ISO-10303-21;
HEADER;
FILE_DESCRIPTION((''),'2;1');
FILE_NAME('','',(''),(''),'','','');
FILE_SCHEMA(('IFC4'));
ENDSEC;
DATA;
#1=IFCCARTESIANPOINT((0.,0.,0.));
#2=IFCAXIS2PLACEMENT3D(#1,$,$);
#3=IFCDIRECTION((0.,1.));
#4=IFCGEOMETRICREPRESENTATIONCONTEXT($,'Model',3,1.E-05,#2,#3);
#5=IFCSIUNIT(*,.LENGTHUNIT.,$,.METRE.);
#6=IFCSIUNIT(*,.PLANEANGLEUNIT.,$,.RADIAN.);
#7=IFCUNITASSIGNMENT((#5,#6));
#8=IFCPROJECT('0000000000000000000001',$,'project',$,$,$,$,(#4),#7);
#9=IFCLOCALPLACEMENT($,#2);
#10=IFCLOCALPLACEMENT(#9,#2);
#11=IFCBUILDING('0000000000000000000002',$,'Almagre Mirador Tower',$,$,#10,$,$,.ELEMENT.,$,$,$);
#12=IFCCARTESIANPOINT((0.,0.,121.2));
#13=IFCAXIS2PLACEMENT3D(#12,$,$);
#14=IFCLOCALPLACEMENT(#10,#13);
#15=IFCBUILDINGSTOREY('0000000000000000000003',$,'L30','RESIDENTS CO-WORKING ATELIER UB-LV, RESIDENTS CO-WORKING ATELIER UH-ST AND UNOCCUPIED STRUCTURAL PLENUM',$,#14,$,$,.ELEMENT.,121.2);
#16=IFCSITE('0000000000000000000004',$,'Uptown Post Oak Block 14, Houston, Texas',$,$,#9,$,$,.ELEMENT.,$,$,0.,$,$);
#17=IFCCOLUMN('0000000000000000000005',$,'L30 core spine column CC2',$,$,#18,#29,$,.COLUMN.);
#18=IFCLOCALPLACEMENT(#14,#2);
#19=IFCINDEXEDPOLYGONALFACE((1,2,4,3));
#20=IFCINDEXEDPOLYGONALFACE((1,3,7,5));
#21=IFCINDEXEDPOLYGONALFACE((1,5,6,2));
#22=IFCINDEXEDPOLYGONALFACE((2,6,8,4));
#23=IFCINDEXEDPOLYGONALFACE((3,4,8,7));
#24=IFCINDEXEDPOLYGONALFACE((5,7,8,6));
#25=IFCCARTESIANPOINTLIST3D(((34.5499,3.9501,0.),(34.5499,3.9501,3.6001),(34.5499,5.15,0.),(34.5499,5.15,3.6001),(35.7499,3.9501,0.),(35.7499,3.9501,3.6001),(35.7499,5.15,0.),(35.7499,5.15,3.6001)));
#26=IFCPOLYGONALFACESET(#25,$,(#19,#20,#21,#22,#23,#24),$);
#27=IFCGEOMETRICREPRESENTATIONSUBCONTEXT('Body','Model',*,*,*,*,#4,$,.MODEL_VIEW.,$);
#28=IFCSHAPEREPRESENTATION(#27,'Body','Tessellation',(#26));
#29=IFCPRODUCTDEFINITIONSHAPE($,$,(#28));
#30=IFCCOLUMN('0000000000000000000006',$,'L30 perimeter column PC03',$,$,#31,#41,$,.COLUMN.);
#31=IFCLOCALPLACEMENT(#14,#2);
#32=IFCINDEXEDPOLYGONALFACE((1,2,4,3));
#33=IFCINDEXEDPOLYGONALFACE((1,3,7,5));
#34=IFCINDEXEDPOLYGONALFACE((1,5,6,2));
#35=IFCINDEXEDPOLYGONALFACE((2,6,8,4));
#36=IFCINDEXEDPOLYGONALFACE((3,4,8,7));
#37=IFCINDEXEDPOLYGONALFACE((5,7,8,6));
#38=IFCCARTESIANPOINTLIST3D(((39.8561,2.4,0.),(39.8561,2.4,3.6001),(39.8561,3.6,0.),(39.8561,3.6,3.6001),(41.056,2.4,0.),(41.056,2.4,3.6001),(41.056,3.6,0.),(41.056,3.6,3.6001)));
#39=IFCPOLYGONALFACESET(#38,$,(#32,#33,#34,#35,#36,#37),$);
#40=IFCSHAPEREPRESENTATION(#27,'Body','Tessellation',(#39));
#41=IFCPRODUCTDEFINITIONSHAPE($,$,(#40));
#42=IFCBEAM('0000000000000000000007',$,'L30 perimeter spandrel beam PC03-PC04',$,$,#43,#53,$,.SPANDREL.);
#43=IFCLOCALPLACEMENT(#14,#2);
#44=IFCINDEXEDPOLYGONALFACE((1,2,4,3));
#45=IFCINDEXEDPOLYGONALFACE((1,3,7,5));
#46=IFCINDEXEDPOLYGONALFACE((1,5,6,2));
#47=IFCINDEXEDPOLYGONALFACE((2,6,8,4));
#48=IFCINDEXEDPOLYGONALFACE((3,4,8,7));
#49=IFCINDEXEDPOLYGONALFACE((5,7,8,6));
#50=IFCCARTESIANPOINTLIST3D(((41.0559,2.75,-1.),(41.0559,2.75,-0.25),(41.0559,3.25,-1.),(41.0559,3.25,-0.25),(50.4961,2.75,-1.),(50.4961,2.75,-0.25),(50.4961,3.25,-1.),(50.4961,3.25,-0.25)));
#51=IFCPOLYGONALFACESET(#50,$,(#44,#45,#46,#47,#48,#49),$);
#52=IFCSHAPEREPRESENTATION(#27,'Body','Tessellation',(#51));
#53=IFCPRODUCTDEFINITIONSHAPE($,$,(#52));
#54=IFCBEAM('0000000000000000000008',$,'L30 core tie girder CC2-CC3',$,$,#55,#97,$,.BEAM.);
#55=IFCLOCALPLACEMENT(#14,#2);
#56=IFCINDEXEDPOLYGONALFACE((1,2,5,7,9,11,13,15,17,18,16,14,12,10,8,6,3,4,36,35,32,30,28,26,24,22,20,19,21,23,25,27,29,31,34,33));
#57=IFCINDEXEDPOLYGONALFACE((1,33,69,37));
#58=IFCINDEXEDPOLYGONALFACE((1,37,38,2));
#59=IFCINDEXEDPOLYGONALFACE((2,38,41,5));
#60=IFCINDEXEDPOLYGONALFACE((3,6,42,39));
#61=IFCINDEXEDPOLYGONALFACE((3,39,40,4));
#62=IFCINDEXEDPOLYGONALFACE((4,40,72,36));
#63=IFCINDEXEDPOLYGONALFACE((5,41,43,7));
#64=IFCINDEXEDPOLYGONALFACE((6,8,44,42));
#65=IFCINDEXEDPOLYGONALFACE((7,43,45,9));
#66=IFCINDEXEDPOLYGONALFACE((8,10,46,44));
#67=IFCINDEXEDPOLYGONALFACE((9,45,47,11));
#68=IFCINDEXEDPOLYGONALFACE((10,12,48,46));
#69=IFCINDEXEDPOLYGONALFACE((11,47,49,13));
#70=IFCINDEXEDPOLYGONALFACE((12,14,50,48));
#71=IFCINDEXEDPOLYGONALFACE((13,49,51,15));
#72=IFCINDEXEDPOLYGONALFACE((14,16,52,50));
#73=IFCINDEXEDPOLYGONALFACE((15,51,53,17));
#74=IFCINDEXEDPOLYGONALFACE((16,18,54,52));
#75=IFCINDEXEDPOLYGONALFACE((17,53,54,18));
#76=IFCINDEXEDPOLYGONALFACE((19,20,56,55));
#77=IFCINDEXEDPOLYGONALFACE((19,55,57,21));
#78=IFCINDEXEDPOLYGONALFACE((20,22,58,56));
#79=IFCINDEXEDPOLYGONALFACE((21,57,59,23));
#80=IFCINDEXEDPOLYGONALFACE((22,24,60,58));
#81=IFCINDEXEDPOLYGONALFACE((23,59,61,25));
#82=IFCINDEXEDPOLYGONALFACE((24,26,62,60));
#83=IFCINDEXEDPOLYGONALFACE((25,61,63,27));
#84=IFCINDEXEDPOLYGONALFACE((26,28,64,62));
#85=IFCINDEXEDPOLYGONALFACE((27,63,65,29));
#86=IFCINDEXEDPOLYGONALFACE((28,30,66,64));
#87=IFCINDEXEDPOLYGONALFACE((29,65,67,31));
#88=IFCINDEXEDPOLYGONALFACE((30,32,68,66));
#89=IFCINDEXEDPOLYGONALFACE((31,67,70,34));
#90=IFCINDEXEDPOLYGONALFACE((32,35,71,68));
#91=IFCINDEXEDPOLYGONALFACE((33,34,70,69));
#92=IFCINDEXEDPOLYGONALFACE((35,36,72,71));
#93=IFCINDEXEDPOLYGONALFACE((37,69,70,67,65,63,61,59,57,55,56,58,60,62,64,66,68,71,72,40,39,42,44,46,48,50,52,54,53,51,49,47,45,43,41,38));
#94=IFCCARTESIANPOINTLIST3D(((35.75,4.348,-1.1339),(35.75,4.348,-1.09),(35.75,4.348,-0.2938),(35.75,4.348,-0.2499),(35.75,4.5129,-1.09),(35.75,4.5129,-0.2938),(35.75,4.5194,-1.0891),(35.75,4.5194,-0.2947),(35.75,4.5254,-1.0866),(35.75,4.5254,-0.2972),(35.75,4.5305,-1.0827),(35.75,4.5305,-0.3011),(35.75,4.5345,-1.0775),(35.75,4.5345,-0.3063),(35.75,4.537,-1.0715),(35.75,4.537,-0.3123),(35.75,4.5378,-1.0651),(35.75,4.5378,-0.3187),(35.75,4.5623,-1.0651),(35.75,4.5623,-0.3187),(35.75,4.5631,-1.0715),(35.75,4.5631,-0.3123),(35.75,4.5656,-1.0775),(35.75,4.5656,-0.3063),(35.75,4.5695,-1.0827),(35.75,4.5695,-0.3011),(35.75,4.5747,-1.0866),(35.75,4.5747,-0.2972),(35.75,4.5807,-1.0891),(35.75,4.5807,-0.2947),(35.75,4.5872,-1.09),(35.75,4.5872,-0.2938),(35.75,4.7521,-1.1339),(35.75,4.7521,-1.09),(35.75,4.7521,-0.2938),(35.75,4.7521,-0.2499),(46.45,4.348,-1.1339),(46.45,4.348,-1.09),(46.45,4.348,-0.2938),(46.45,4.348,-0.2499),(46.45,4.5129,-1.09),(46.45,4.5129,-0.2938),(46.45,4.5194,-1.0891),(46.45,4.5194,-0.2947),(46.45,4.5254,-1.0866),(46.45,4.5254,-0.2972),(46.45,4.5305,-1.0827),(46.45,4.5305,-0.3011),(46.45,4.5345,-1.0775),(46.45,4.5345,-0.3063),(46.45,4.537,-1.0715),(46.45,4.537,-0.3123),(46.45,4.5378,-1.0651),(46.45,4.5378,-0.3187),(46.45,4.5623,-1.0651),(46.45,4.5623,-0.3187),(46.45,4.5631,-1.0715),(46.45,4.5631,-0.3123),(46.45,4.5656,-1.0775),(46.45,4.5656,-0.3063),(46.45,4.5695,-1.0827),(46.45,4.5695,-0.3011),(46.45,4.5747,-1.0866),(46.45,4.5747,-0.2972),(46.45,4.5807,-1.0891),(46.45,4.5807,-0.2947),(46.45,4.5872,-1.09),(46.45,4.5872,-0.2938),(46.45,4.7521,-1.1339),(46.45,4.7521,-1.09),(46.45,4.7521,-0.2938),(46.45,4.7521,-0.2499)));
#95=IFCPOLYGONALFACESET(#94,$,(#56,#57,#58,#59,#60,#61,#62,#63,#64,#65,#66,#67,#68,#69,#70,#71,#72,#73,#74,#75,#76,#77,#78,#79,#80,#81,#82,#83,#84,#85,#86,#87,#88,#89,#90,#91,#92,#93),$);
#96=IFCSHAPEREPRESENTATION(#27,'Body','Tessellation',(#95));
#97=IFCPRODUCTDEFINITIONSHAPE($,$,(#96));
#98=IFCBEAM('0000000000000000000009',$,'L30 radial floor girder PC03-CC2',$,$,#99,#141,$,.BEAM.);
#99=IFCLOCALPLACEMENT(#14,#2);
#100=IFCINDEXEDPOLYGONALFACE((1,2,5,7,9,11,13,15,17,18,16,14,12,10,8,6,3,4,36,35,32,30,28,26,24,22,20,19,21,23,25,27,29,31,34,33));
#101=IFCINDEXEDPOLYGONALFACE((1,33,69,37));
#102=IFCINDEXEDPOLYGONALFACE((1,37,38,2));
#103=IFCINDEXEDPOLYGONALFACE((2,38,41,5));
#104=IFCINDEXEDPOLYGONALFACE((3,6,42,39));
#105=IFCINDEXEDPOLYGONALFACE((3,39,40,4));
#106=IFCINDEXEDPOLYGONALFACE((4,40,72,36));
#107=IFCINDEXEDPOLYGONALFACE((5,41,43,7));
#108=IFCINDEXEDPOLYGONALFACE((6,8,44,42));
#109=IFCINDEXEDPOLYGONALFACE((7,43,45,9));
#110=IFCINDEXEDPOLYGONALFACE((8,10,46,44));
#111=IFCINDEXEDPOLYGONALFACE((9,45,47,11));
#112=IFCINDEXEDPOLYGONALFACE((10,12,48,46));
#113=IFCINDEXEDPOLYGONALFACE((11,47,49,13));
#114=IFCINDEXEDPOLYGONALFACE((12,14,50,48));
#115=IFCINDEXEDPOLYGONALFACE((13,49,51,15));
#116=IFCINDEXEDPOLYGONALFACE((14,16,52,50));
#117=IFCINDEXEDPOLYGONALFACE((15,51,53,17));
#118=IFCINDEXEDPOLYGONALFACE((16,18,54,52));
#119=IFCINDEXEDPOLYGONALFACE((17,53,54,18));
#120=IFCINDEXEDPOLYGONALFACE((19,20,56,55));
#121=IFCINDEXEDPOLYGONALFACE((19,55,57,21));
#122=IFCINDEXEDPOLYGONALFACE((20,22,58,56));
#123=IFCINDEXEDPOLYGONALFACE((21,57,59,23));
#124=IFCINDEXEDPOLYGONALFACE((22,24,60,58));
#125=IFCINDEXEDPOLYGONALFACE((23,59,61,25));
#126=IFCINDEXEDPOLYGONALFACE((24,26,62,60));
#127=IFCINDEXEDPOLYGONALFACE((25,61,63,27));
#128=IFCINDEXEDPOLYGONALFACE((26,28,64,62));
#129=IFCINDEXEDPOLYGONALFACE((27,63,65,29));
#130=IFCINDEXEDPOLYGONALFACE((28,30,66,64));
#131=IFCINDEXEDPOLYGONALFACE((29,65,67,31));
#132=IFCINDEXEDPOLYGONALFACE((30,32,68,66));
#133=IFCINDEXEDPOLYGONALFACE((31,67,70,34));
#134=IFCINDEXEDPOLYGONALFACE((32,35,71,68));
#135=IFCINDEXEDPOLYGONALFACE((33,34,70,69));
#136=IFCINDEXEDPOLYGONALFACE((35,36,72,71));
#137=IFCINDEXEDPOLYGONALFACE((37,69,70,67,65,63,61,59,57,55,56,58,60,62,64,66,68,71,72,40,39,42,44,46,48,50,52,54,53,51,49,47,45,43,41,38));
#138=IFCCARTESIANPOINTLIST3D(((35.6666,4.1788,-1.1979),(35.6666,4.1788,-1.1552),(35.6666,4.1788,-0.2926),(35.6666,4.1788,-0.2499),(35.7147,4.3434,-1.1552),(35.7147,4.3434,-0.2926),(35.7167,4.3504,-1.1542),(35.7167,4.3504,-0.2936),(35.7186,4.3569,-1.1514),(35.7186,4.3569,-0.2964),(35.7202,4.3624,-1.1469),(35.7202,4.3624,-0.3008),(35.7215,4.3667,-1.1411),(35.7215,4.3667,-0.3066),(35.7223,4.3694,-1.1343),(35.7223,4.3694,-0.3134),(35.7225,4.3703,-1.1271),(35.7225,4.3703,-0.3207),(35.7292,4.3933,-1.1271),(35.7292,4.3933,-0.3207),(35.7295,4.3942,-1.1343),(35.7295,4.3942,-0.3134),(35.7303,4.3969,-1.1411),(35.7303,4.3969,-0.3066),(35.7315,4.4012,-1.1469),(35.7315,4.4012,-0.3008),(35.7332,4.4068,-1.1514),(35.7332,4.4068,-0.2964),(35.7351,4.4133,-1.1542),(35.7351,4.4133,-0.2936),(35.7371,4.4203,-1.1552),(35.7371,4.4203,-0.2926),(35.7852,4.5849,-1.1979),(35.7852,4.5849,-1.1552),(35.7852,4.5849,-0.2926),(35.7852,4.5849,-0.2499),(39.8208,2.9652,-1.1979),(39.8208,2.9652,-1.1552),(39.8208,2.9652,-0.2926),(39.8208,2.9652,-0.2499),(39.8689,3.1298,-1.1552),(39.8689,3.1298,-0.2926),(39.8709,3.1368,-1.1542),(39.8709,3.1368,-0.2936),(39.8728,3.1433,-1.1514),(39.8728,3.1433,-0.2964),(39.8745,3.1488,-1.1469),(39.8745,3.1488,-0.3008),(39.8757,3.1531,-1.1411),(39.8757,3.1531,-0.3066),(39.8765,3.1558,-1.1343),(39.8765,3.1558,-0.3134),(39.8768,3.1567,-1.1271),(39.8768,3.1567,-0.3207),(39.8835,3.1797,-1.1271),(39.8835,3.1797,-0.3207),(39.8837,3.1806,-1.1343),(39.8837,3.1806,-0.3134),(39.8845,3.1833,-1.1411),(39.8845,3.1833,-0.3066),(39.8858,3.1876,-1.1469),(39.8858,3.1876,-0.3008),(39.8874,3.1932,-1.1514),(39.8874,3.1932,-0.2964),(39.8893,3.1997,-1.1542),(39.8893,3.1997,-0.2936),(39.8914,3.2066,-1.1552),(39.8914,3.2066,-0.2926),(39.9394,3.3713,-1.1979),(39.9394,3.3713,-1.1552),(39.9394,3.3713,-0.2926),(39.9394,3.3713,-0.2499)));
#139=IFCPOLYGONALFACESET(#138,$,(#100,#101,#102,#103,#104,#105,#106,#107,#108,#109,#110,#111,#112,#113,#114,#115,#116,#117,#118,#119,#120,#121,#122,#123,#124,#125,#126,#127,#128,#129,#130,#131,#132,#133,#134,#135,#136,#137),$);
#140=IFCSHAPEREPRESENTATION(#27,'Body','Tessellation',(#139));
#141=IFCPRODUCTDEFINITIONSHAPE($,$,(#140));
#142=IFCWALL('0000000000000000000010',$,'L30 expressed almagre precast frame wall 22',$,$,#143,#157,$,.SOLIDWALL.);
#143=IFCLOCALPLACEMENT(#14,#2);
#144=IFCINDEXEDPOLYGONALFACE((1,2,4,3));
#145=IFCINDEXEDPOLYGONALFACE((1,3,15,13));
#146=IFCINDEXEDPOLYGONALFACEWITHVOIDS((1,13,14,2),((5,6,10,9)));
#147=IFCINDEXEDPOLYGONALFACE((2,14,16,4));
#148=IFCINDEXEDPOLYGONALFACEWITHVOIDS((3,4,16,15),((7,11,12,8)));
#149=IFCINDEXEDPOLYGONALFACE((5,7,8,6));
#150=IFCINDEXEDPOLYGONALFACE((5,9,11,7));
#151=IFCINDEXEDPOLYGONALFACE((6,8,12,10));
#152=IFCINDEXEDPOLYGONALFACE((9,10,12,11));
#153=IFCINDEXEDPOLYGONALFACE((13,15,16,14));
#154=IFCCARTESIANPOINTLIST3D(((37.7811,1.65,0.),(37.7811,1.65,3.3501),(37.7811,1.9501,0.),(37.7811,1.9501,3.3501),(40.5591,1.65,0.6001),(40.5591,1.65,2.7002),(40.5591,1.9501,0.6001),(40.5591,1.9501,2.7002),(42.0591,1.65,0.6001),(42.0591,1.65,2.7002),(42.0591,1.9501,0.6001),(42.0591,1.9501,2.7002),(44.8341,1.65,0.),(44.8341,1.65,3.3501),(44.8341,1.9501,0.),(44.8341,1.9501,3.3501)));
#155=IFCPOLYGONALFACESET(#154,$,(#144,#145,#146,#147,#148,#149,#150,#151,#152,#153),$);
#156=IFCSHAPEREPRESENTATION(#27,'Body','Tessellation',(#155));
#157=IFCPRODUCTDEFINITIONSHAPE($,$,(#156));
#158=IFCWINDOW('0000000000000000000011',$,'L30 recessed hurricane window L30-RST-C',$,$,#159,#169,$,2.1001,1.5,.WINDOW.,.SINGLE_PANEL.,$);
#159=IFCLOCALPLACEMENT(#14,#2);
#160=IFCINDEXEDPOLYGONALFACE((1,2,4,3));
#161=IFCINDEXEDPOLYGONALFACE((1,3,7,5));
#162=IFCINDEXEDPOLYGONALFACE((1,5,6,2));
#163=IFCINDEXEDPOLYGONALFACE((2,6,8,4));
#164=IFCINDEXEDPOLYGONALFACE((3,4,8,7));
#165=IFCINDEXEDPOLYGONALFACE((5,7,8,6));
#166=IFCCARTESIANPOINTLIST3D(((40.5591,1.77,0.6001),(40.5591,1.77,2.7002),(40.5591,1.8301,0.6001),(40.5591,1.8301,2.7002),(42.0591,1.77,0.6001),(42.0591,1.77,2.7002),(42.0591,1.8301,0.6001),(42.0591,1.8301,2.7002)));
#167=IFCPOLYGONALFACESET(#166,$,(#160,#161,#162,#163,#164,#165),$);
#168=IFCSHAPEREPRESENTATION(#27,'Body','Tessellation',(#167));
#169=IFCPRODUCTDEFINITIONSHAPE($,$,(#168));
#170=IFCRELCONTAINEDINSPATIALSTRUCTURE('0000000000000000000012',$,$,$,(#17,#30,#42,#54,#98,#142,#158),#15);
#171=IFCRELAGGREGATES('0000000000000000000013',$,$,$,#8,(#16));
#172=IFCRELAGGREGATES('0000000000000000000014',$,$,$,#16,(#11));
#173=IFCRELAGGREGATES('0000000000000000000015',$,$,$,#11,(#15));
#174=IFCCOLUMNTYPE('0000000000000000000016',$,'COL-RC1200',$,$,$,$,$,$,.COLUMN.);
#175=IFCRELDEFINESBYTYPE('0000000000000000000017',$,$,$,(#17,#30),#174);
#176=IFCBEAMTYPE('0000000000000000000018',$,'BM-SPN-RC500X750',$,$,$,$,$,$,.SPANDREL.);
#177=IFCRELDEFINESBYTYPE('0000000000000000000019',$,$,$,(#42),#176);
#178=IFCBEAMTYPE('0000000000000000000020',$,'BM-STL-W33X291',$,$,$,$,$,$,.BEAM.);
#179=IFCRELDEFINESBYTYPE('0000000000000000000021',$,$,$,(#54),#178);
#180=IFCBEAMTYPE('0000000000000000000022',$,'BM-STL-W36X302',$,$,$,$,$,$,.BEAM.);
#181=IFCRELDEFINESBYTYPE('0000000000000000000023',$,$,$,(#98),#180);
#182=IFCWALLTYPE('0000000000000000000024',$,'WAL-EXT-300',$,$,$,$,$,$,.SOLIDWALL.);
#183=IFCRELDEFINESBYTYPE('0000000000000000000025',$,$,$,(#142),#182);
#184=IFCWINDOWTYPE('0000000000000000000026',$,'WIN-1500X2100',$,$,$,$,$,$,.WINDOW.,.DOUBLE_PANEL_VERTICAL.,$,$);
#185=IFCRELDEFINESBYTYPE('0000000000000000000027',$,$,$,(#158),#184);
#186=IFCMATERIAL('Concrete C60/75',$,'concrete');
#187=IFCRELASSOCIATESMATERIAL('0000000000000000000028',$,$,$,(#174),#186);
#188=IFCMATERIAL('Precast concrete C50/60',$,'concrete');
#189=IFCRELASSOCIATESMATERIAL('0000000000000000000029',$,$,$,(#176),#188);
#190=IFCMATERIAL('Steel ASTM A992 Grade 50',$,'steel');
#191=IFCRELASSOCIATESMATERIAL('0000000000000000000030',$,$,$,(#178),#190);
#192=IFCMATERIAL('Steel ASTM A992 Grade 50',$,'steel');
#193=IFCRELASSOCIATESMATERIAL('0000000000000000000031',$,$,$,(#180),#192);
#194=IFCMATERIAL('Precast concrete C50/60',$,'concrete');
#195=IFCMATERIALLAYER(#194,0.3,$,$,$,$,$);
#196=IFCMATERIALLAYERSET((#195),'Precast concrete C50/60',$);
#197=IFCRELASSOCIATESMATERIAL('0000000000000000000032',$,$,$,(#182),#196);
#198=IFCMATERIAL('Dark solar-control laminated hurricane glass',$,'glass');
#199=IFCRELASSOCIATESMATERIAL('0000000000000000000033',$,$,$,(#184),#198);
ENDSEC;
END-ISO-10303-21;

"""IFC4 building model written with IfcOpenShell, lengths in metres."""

from ifc_helpers import new_model, si_unit, direction, frame, frame_2d, origin, origin_2d, place, context, subcontext, project, spatial, rectangle, i_section, extrude, material, layer, layer_set, material_profile, profile_set, type_object, element, fill, save


model = new_model("IFC4")

# Units and contexts
model_context = context("Model", 3, precision=1e-05, world=origin(), true_north=direction((0.0, 1.0)))
body_context = subcontext(model_context, "Body", "Model", "MODEL_VIEW")
ifc_project = project(units=[si_unit("LENGTHUNIT", "METRE"), si_unit("PLANEANGLEUNIT", "RADIAN")], contexts=[model_context])

# Site, building, storey
site_placement = place(None, origin())
site = spatial("IfcSite", under=ifc_project, at=site_placement, Name="Uptown Post Oak Block 14, Houston, Texas", CompositionType="ELEMENT", RefElevation=0.0)
building_placement = place(site_placement, origin())
building = spatial("IfcBuilding", under=site, at=building_placement, Name="Almagre Mirador Tower", CompositionType="ELEMENT")
storey_placement = place(building_placement, frame((0.0, 0.0, 121.2)))
storey = spatial("IfcBuildingStorey", under=building, at=storey_placement, Name="L30", Description="RESIDENTS CO-WORKING ATELIER UB-LV, RESIDENTS CO-WORKING ATELIER UH-ST AND UNOCCUPIED STRUCTURAL PLENUM", CompositionType="ELEMENT", Elevation=121.2)

# Columns
ifc_material_1 = material(Name="Concrete C60/75", Category="concrete")
ifc_material_profile_1 = material_profile(ifc_material_1, rectangle(XDim=1.2, YDim=1.2, at=origin_2d()), Name="RC1200X1200")
ifc_profile_set_1 = profile_set([ifc_material_profile_1], Name="Concrete C60/75")
column_type = type_object("IfcColumnType", Name="COL-RC1200", PredefinedType="COLUMN", material=ifc_profile_set_1)
for number, where, z_axis, x_axis, name in (
    (1, (35.1499, 4.55, 0.0), (0.0, 0.0, 1.0), (1.0, 0.0, 0.0), "L30 core spine column CC2"),
    (2, (40.4561, 3.0, 0.0), (0.0, 0.0, 1.0), (1.0, 0.0, 0.0), "L30 perimeter column PC03"),
):
    element("IfcColumn", number, at=place(storey_placement, frame(where, z_axis=z_axis, x_axis=x_axis)), inside=storey, type_object=column_type, Name=name, PredefinedType="COLUMN", context=body_context, shape_type="SweptSolid", body=[
        extrude(rectangle(XDim=1.2, YDim=1.2, at=origin_2d()), origin(), (0.0, 0.0, 1.0), 3.6001),
    ])

# Beams
ifc_material_2 = material(Name="Precast concrete C50/60", Category="concrete")
ifc_material_profile_2 = material_profile(ifc_material_2, rectangle(XDim=0.5, YDim=0.75, at=origin_2d()), Name="RC500X750")
ifc_profile_set_2 = profile_set([ifc_material_profile_2], Name="Precast concrete C50/60")
beam_type_1 = type_object("IfcBeamType", Name="BM-SPN-RC500X750", PredefinedType="SPANDREL", material=ifc_profile_set_2)
beam_1_placement = place(storey_placement, frame((41.0559, 3.0, -0.625), z_axis=(1.0, 0.0, 0.0), x_axis=(0.0, 1.0, 0.0)))
element("IfcBeam", 3, at=beam_1_placement, inside=storey, type_object=beam_type_1, Name="L30 perimeter spandrel beam PC03-PC04", PredefinedType="SPANDREL", context=body_context, shape_type="SweptSolid", body=[
    extrude(rectangle(XDim=0.5, YDim=0.75, at=origin_2d()), origin(), (0.0, 0.0, 1.0), 9.4402),
])
ifc_material_3 = material(Name="Steel ASTM A992 Grade 50", Category="steel")
ifc_material_profile_3 = material_profile(ifc_material_3, i_section(OverallWidth=0.4041, OverallDepth=0.884, WebThickness=0.0244, FlangeThickness=0.0439, FilletRadius=0.0249, at=origin_2d()), Name="W33X291")
ifc_profile_set_3 = profile_set([ifc_material_profile_3], Name="Steel ASTM A992 Grade 50")
beam_type_2 = type_object("IfcBeamType", Name="BM-STL-W33X291", PredefinedType="BEAM", material=ifc_profile_set_3)
beam_2_placement = place(storey_placement, frame((35.75, 4.55, -0.6919), z_axis=(1.0, 0.0, 0.0), x_axis=(0.0, 1.0, 0.0)))
element("IfcBeam", 4, at=beam_2_placement, inside=storey, type_object=beam_type_2, Name="L30 core tie girder CC2-CC3", PredefinedType="BEAM", context=body_context, shape_type="SweptSolid", body=[
    extrude(i_section(OverallWidth=0.4041, OverallDepth=0.884, WebThickness=0.0244, FlangeThickness=0.0439, FilletRadius=0.0249, at=origin_2d()), origin(), (0.0, 0.0, 1.0), 10.7),
])
ifc_material_4 = material(Name="Steel ASTM A992 Grade 50", Category="steel")
ifc_material_profile_4 = material_profile(ifc_material_4, i_section(OverallWidth=0.4231, OverallDepth=0.948, WebThickness=0.0239, FlangeThickness=0.0427, FilletRadius=0.0281, at=origin_2d()), Name="W36X302")
ifc_profile_set_4 = profile_set([ifc_material_profile_4], Name="Steel ASTM A992 Grade 50")
beam_type_3 = type_object("IfcBeamType", Name="BM-STL-W36X302", PredefinedType="BEAM", material=ifc_profile_set_4)
beam_3_placement = place(storey_placement, frame((39.8801, 3.1682, -0.7239), z_axis=(-0.959879, 0.280416, 0.0), x_axis=(-0.280416, -0.959879, 0.0)))
element("IfcBeam", 5, at=beam_3_placement, inside=storey, type_object=beam_type_3, Name="L30 radial floor girder PC03-CC2", PredefinedType="BEAM", context=body_context, shape_type="SweptSolid", body=[
    extrude(i_section(OverallWidth=0.4231, OverallDepth=0.948, WebThickness=0.0239, FlangeThickness=0.0427, FilletRadius=0.0281, at=origin_2d()), origin(), (0.0, 0.0, 1.0), 4.3279),
])

# Wall, opening, window
ifc_material_5 = material(Name="Precast concrete C50/60", Category="concrete")
ifc_layer_1 = layer(ifc_material_5, 0.3)
ifc_layer_set_1 = layer_set([ifc_layer_1], Name="Precast concrete C50/60")
wall_type_1 = type_object("IfcWallType", Name="WAL-EXT-300", PredefinedType="SOLIDWALL", material=ifc_layer_set_1)
wall_1_placement = place(storey_placement, frame((44.834, 1.8, 0.0), z_axis=(0.0, 0.0, 1.0), x_axis=(-1.0, 0.0, 0.0)))
wall_1 = element("IfcWall", 6, at=wall_1_placement, inside=storey, type_object=wall_type_1, Name="L30 expressed almagre precast frame wall 22", PredefinedType="SOLIDWALL", context=body_context, shape_type="SweptSolid", body=[
    extrude(rectangle(XDim=7.053, YDim=0.3, at=frame_2d((3.5264, 0.0))), origin(), (0.0, 0.0, 1.0), 3.3501),
])
opening_1_placement = place(wall_1_placement, frame((2.7749, 0.0, 0.6001)))
opening_1 = element("IfcOpeningElement", 7, at=opening_1_placement, cuts=wall_1, PredefinedType="OPENING", context=body_context, shape_type="SweptSolid", body=[
    extrude(rectangle(XDim=1.5, YDim=2.1001, at=frame_2d((0.75, 1.05))), frame((0.0, 0.1599, 0.0), z_axis=(0.0, -1.0, 0.0), x_axis=(1.0, 0.0, 0.0)), (0.0, 0.0, 1.0), 0.32),
])
ifc_material_6 = material(Name="Dark solar-control laminated hurricane glass", Category="glass")
window_type_1 = type_object("IfcWindowType", Name="WIN-1500X2100", PartitioningType="DOUBLE_PANEL_VERTICAL", PredefinedType="WINDOW", material=ifc_material_6)
window_1_placement = place(opening_1_placement, origin())
window_1 = element("IfcWindow", 8, at=window_1_placement, inside=storey, type_object=window_type_1, Name="L30 recessed hurricane window L30-RST-C", OverallHeight=2.1001, OverallWidth=1.5, PartitioningType="SINGLE_PANEL", PredefinedType="WINDOW", context=body_context, shape_type="SweptSolid", body=[
    extrude(rectangle(XDim=1.5, YDim=2.1001, at=frame_2d((0.75, 1.05))), frame((0.0, 0.03, 0.0), z_axis=(0.0, -1.0, 0.0), x_axis=(1.0, 0.0, 0.0)), (0.0, 0.0, 1.0), 0.0601),
])
fill(opening_1, window_1)

save(model, "model.ifc")
